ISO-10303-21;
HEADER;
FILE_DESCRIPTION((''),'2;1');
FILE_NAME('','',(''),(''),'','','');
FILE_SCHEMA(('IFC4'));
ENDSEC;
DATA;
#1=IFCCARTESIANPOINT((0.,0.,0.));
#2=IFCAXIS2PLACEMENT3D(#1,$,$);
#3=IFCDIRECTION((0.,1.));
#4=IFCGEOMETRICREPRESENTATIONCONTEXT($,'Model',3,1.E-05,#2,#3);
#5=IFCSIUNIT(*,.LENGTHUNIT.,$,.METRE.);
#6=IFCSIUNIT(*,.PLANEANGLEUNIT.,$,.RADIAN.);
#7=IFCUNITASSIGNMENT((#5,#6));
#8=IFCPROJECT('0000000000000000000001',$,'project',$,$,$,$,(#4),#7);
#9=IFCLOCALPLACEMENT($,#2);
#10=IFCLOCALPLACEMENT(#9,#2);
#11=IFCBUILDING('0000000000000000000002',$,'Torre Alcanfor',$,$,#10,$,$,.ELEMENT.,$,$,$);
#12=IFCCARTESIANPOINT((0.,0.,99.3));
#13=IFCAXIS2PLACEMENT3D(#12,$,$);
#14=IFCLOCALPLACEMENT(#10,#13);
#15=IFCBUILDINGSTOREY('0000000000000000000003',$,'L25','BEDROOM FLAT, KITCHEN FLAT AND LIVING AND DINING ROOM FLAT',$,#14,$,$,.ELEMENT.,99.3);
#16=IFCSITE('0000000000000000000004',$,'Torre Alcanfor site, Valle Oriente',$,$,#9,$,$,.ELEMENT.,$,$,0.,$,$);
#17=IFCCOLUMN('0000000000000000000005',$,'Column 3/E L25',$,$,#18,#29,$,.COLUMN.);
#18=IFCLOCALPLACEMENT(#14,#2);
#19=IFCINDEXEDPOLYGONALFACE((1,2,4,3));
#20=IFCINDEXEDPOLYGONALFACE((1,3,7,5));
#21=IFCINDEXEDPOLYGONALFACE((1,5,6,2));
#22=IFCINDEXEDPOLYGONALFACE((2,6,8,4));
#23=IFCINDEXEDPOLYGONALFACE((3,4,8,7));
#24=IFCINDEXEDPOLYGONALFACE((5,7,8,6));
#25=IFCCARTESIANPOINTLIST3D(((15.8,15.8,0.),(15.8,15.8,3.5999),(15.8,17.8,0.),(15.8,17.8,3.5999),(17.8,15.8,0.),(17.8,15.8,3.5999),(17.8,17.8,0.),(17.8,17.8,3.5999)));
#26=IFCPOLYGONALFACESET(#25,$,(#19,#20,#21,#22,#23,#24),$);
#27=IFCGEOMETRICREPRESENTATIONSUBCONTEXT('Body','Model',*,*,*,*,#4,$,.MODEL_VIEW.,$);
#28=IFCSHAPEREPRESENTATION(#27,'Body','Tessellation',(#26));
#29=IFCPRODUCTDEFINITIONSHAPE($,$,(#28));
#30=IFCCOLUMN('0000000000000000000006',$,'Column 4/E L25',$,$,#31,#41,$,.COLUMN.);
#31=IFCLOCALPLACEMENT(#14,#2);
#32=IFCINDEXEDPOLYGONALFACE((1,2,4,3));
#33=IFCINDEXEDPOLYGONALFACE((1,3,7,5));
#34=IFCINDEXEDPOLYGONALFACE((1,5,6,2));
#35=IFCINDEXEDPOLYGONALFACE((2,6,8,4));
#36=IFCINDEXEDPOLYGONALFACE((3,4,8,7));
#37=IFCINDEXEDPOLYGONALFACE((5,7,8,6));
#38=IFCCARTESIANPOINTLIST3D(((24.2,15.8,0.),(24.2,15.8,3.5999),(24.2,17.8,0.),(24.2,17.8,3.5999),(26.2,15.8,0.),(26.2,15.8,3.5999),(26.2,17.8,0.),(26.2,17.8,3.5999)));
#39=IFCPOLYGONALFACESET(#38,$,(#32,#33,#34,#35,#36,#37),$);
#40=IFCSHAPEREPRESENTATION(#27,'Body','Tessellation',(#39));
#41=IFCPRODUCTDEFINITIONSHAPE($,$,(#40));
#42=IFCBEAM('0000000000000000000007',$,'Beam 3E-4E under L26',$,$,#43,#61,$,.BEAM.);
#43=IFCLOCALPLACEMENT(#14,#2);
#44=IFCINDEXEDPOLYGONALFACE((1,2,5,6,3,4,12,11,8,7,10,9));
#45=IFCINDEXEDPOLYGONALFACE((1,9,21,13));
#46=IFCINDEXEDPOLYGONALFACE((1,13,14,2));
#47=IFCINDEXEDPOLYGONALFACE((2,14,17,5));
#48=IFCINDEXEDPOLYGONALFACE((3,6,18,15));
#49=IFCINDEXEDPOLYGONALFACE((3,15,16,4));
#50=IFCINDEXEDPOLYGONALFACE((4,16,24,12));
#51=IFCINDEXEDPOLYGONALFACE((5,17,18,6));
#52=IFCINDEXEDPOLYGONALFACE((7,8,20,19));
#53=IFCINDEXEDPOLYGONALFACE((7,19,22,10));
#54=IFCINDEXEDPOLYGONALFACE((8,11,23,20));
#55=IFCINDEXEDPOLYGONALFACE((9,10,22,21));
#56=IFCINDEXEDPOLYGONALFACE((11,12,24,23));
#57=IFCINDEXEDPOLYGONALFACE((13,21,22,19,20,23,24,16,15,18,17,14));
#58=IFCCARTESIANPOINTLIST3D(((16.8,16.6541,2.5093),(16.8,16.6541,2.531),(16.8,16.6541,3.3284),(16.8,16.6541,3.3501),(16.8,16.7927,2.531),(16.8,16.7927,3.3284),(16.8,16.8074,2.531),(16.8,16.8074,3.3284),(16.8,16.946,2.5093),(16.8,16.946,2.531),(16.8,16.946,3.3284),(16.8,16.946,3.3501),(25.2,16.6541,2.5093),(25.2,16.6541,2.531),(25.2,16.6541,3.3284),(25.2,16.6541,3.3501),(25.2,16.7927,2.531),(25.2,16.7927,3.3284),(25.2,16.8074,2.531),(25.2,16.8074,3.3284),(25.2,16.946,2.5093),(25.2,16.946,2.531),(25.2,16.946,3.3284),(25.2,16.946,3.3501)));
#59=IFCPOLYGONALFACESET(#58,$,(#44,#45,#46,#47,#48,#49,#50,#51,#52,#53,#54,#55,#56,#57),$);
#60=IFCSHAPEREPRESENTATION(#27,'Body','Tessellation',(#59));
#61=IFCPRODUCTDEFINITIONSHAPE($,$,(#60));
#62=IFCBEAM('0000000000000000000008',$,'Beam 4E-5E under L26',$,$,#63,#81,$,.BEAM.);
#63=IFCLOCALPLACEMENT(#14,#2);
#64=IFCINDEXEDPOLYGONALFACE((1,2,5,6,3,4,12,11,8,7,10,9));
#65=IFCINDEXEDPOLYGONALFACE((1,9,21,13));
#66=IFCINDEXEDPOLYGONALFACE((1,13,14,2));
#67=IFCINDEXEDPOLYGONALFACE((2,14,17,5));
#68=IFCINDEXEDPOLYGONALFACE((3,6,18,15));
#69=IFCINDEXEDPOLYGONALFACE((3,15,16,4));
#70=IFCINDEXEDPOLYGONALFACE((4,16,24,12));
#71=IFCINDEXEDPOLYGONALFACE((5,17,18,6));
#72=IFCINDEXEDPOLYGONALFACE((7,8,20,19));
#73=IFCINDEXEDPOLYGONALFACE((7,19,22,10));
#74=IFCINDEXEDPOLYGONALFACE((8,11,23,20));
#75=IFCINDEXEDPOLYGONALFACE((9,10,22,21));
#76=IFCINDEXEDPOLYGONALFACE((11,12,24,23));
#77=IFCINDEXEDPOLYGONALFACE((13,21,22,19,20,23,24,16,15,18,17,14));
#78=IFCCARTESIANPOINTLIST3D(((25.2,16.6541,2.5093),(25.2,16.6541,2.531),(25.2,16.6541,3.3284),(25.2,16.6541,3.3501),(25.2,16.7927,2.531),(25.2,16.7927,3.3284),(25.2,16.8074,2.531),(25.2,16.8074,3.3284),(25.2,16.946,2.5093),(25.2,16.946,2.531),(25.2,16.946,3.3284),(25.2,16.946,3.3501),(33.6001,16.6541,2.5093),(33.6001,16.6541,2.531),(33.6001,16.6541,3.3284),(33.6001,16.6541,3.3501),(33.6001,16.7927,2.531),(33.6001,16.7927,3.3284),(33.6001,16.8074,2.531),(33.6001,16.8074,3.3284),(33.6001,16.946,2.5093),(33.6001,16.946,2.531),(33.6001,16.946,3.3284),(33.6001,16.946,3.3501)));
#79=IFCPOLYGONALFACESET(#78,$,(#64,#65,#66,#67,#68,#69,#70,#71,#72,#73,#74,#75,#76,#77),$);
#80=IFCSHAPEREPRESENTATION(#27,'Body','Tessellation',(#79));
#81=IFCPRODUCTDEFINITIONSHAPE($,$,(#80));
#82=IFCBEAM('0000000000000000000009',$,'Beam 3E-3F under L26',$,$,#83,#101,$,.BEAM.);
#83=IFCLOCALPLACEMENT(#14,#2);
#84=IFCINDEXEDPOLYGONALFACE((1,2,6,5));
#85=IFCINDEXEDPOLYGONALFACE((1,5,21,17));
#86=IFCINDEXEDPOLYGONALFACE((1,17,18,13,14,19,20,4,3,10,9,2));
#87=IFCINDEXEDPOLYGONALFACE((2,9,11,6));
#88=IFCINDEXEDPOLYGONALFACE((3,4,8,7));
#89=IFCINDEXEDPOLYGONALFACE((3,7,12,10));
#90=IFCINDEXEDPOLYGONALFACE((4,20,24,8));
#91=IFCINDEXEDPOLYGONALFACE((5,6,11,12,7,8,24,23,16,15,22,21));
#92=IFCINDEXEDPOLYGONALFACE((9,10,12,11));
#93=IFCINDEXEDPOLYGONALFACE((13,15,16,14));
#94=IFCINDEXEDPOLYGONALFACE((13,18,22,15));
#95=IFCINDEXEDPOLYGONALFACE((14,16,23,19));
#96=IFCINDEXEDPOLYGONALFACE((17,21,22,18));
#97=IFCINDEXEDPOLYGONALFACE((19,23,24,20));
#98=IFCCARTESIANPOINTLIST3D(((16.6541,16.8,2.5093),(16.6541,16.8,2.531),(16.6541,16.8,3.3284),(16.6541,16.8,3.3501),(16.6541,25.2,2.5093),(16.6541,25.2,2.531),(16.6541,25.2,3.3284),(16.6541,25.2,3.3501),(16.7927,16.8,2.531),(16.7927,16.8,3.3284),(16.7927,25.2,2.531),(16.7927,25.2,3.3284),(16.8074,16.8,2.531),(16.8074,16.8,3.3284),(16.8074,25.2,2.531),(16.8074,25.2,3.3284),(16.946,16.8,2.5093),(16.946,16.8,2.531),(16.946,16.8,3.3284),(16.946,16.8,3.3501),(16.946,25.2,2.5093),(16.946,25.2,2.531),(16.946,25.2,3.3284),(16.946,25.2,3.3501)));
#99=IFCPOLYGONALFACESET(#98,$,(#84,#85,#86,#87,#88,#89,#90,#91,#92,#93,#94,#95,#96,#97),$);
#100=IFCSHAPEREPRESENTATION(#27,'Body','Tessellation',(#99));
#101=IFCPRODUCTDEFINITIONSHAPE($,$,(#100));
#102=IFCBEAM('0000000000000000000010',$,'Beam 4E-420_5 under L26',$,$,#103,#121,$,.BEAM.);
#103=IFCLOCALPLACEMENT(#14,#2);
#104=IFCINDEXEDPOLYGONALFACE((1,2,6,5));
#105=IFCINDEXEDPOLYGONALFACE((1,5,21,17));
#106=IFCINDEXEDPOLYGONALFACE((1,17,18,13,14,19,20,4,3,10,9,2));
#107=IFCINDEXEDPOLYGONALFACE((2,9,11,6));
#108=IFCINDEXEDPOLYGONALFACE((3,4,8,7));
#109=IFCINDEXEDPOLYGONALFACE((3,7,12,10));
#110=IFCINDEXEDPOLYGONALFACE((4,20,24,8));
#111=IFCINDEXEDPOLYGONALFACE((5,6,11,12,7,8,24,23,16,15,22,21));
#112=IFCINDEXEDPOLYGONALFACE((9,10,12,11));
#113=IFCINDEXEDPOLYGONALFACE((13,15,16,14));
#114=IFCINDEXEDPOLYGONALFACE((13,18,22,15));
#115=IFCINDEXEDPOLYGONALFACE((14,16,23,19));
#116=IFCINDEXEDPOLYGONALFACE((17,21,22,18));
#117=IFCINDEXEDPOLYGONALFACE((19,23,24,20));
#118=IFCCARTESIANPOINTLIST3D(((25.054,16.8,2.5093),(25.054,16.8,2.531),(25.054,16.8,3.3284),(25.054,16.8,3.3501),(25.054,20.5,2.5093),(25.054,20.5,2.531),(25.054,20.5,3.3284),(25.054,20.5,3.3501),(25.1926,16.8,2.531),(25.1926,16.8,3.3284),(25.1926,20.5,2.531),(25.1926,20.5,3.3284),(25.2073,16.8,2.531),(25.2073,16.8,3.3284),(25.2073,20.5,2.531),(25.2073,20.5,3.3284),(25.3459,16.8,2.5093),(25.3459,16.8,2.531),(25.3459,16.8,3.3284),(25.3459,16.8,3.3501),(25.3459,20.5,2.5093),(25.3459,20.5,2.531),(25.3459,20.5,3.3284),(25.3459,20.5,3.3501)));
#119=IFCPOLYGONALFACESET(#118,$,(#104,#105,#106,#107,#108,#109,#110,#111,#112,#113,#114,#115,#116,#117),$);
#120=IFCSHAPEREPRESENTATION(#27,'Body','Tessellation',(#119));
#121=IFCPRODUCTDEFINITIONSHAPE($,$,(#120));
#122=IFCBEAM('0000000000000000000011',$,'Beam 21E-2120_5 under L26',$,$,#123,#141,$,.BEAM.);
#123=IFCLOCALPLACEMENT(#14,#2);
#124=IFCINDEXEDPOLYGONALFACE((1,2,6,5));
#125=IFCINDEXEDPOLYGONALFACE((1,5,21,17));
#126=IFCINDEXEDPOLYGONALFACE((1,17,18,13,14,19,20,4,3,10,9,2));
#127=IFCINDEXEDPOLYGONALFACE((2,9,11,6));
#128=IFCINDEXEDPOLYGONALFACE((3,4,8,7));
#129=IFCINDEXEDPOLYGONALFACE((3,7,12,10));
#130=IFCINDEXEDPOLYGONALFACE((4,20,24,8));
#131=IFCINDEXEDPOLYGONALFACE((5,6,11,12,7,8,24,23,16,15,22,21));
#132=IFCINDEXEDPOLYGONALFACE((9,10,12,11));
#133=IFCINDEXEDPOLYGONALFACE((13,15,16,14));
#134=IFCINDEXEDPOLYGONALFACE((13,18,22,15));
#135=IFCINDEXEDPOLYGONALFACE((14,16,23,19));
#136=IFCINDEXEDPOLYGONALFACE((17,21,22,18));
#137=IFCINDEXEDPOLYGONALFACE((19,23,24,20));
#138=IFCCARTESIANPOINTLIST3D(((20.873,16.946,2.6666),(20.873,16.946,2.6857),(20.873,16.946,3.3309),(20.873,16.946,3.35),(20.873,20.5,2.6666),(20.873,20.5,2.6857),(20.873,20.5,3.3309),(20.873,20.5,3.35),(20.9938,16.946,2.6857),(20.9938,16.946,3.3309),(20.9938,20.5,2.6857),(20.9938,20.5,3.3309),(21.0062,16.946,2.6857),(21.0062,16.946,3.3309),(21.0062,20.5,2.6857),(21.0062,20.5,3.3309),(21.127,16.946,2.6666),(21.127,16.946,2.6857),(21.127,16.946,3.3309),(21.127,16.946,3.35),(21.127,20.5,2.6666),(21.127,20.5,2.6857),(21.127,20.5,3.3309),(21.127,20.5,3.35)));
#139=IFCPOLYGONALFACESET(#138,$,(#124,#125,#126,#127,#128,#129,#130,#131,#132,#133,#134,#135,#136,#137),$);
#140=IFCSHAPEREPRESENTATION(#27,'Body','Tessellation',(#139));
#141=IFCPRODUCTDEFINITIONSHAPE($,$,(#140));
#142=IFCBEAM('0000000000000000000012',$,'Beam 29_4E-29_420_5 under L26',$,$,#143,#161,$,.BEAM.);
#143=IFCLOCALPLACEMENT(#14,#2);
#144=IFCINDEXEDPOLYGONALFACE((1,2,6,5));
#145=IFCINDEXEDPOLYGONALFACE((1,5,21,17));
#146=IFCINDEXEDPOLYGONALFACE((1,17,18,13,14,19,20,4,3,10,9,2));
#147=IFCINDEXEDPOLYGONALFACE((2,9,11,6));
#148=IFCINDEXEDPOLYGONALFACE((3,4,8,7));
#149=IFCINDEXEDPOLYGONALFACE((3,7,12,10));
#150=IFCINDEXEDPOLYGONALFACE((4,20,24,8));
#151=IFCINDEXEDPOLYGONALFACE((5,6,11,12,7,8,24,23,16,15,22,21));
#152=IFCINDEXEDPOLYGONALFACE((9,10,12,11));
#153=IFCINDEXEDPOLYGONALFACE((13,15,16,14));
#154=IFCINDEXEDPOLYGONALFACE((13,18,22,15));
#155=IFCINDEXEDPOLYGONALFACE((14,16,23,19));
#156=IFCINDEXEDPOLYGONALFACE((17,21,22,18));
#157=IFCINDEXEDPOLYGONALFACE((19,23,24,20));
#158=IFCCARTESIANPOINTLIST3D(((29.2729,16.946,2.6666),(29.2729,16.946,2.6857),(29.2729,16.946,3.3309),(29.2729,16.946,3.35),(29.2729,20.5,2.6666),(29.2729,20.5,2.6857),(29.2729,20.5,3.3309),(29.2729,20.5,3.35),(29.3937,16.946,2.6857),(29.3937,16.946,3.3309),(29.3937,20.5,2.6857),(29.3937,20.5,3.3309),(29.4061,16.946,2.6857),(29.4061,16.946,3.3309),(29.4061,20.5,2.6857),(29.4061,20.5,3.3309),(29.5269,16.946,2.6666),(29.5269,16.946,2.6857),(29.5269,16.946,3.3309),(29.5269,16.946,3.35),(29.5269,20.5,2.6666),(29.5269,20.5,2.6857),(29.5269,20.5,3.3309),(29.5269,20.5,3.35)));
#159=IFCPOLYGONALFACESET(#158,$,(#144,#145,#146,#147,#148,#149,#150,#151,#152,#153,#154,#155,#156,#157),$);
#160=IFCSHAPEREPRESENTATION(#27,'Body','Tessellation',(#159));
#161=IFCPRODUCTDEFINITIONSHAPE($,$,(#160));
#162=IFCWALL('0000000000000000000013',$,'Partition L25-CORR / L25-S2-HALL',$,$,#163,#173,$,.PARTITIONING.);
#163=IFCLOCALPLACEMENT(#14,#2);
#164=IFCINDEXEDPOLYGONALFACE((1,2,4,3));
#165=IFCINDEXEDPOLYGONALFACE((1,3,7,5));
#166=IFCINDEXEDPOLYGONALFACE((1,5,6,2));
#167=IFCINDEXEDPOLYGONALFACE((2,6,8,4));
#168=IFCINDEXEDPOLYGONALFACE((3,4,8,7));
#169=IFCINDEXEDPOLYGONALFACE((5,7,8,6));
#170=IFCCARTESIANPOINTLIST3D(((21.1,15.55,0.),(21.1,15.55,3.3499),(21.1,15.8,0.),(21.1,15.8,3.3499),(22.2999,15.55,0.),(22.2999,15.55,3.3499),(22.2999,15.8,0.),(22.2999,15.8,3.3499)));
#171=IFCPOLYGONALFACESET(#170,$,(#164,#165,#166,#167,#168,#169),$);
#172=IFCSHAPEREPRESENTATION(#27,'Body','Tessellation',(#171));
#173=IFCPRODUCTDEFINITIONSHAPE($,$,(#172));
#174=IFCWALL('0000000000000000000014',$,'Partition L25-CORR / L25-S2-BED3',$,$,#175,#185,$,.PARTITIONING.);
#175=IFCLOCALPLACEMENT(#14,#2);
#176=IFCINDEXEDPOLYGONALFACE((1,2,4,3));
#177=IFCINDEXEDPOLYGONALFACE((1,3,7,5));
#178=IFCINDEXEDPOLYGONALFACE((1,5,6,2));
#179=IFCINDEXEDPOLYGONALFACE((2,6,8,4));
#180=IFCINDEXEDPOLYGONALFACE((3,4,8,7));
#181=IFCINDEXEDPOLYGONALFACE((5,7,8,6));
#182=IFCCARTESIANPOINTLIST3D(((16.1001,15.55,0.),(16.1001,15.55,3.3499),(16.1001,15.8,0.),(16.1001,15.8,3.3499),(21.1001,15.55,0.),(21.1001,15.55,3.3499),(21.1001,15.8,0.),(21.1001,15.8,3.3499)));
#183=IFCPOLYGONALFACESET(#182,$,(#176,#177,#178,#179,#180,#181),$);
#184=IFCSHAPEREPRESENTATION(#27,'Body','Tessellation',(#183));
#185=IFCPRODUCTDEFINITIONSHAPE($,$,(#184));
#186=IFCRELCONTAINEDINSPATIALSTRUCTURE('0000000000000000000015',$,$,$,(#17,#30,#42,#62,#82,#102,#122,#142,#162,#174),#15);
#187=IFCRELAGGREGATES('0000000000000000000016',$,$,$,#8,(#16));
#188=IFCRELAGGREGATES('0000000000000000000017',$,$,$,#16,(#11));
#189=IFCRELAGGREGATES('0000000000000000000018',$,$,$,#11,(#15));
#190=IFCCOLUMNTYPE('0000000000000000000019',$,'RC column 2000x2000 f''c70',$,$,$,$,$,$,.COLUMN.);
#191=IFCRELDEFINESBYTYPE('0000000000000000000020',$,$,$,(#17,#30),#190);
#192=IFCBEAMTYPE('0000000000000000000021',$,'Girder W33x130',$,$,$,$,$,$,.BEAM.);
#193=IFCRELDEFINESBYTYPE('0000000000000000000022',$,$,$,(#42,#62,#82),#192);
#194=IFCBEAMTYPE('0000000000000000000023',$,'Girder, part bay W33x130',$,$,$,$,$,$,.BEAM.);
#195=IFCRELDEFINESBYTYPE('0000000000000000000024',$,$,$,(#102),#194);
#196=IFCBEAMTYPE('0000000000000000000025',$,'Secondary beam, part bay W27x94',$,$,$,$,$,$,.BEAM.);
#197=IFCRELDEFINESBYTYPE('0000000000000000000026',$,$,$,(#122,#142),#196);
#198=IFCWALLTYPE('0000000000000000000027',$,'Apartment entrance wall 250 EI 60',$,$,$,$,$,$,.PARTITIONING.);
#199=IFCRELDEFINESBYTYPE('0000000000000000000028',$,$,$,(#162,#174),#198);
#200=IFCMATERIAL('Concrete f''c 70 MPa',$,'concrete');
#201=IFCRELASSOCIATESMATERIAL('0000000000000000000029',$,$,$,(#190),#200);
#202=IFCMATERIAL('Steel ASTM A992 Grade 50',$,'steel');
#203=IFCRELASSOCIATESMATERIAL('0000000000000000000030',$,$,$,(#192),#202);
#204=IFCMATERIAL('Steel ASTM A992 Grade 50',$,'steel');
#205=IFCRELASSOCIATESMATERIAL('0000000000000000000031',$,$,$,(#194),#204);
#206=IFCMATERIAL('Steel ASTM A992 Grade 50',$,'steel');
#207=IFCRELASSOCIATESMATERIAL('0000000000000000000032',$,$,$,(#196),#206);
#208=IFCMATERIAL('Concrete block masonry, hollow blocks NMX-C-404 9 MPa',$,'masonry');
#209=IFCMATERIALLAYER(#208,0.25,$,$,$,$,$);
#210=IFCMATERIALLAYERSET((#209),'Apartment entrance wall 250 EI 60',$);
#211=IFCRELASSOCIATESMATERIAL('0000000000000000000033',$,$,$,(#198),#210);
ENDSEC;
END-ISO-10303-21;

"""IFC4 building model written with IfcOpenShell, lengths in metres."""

from ifc_helpers import new_model, si_unit, direction, frame, frame_2d, origin, origin_2d, place, context, subcontext, project, spatial, rectangle, i_section, extrude, material, layer, layer_set, material_profile, profile_set, type_object, element, save


model = new_model("IFC4")

# Units and contexts
model_context = context("Model", 3, precision=1e-05, world=origin(), true_north=direction((0.0, 1.0)))
body_context = subcontext(model_context, "Body", "Model", "MODEL_VIEW")
ifc_project = project(units=[si_unit("LENGTHUNIT", "METRE"), si_unit("PLANEANGLEUNIT", "RADIAN")], contexts=[model_context])

# Site, building, storey
site_placement = place(None, origin())
site = spatial("IfcSite", under=ifc_project, at=site_placement, Name="Torre Alcanfor site, Valle Oriente", CompositionType="ELEMENT", RefElevation=0.0)
building_placement = place(site_placement, origin())
building = spatial("IfcBuilding", under=site, at=building_placement, Name="Torre Alcanfor", CompositionType="ELEMENT")
storey_placement = place(building_placement, frame((0.0, 0.0, 99.3)))
storey = spatial("IfcBuildingStorey", under=building, at=storey_placement, Name="L25", Description="BEDROOM FLAT, KITCHEN FLAT AND LIVING AND DINING ROOM FLAT", CompositionType="ELEMENT", Elevation=99.3)

# Columns
ifc_material_1 = material(Name="Concrete f'c 70 MPa", Category="concrete")
ifc_material_profile_1 = material_profile(ifc_material_1, rectangle(XDim=2.0, YDim=2.0, at=origin_2d()), Name="2000x2000")
ifc_profile_set_1 = profile_set([ifc_material_profile_1], Name="Concrete f'c 70 MPa")
column_type = type_object("IfcColumnType", Name="RC column 2000x2000 f'c70", PredefinedType="COLUMN", material=ifc_profile_set_1)
for number, where, z_axis, x_axis, name in (
    (1, (16.8, 16.8, 0.0), (0.0, 0.0, 1.0), (1.0, 0.0, 0.0), "Column 3/E L25"),
    (2, (25.2, 16.8, 0.0), (0.0, 0.0, 1.0), (1.0, 0.0, 0.0), "Column 4/E L25"),
):
    element("IfcColumn", number, at=place(storey_placement, frame(where, z_axis=z_axis, x_axis=x_axis)), inside=storey, type_object=column_type, Name=name, PredefinedType="COLUMN", context=body_context, shape_type="SweptSolid", body=[
        extrude(rectangle(XDim=2.0, YDim=2.0, at=origin_2d()), origin(), (0.0, 0.0, 1.0), 3.5999),
    ])

# Beams
ifc_material_2 = material(Name="Steel ASTM A992 Grade 50", Category="steel")
ifc_material_profile_2 = material_profile(ifc_material_2, i_section(OverallWidth=0.292, OverallDepth=0.8408, WebThickness=0.0146, FlangeThickness=0.0217, at=origin_2d()), Name="W33x130")
ifc_profile_set_2 = profile_set([ifc_material_profile_2], Name="Steel ASTM A992 Grade 50")
beam_type_1 = type_object("IfcBeamType", Name="Girder W33x130", PredefinedType="BEAM", material=ifc_profile_set_2)
beam_1_placement = place(storey_placement, frame((16.8, 16.8, 2.9297), z_axis=(1.0, 0.0, 0.0), x_axis=(0.0, 1.0, 0.0)))
element("IfcBeam", 3, at=beam_1_placement, inside=storey, type_object=beam_type_1, Name="Beam 3E-4E under L26", PredefinedType="BEAM", context=body_context, shape_type="SweptSolid", body=[
    extrude(i_section(OverallWidth=0.292, OverallDepth=0.8408, WebThickness=0.0146, FlangeThickness=0.0217, at=origin_2d()), origin(), (0.0, 0.0, 1.0), 8.3999),
])
beam_2_placement = place(storey_placement, frame((25.2, 16.8, 2.9297), z_axis=(1.0, 0.0, 0.0), x_axis=(0.0, 1.0, 0.0)))
element("IfcBeam", 4, at=beam_2_placement, inside=storey, type_object=beam_type_1, Name="Beam 4E-5E under L26", PredefinedType="BEAM", context=body_context, shape_type="SweptSolid", body=[
    extrude(i_section(OverallWidth=0.292, OverallDepth=0.8408, WebThickness=0.0146, FlangeThickness=0.0217, at=origin_2d()), origin(), (0.0, 0.0, 1.0), 8.4001),
])
beam_3_placement = place(storey_placement, frame((16.8, 16.8, 2.9297), z_axis=(0.0, 1.0, 0.0), x_axis=(-1.0, 0.0, 0.0)))
element("IfcBeam", 5, at=beam_3_placement, inside=storey, type_object=beam_type_1, Name="Beam 3E-3F under L26", PredefinedType="BEAM", context=body_context, shape_type="SweptSolid", body=[
    extrude(i_section(OverallWidth=0.292, OverallDepth=0.8408, WebThickness=0.0146, FlangeThickness=0.0217, at=origin_2d()), origin(), (0.0, 0.0, 1.0), 8.3999),
])
ifc_material_3 = material(Name="Steel ASTM A992 Grade 50", Category="steel")
ifc_material_profile_3 = material_profile(ifc_material_3, i_section(OverallWidth=0.292, OverallDepth=0.8408, WebThickness=0.0146, FlangeThickness=0.0217, at=origin_2d()), Name="W33x130")
ifc_profile_set_3 = profile_set([ifc_material_profile_3], Name="Steel ASTM A992 Grade 50")
beam_type_2 = type_object("IfcBeamType", Name="Girder, part bay W33x130", PredefinedType="BEAM", material=ifc_profile_set_3)
beam_4_placement = place(storey_placement, frame((25.2, 16.8, 2.9297), z_axis=(0.0, 1.0, 0.0), x_axis=(-1.0, 0.0, 0.0)))
element("IfcBeam", 6, at=beam_4_placement, inside=storey, type_object=beam_type_2, Name="Beam 4E-420_5 under L26", PredefinedType="BEAM", context=body_context, shape_type="SweptSolid", body=[
    extrude(i_section(OverallWidth=0.292, OverallDepth=0.8408, WebThickness=0.0146, FlangeThickness=0.0217, at=origin_2d()), origin(), (0.0, 0.0, 1.0), 3.7),
])
ifc_material_4 = material(Name="Steel ASTM A992 Grade 50", Category="steel")
ifc_material_profile_4 = material_profile(ifc_material_4, i_section(OverallWidth=0.2539, OverallDepth=0.6833, WebThickness=0.0125, FlangeThickness=0.019, at=origin_2d()), Name="W27x94")
ifc_profile_set_4 = profile_set([ifc_material_profile_4], Name="Steel ASTM A992 Grade 50")
beam_type_3 = type_object("IfcBeamType", Name="Secondary beam, part bay W27x94", PredefinedType="BEAM", material=ifc_profile_set_4)
for number, where, z_axis, x_axis, name in (
    (7, (21.0, 16.946, 3.0083), (0.0, 1.0, 0.0), (-1.0, 0.0, 0.0), "Beam 21E-2120_5 under L26"),
    (8, (29.3999, 16.946, 3.0083), (0.0, 1.0, 0.0), (-1.0, 0.0, 0.0), "Beam 29_4E-29_420_5 under L26"),
):
    element("IfcBeam", number, at=place(storey_placement, frame(where, z_axis=z_axis, x_axis=x_axis)), inside=storey, type_object=beam_type_3, Name=name, PredefinedType="BEAM", context=body_context, shape_type="SweptSolid", body=[
        extrude(i_section(OverallWidth=0.2539, OverallDepth=0.6833, WebThickness=0.0125, FlangeThickness=0.019, at=origin_2d()), origin(), (0.0, 0.0, 1.0), 3.554),
    ])

# Walls
ifc_material_5 = material(Name="Concrete block masonry, hollow blocks NMX-C-404 9 MPa", Category="masonry")
ifc_layer_1 = layer(ifc_material_5, 0.25)
ifc_layer_set_1 = layer_set([ifc_layer_1], Name="Apartment entrance wall 250 EI 60")
wall_type_1 = type_object("IfcWallType", Name="Apartment entrance wall 250 EI 60", PredefinedType="PARTITIONING", material=ifc_layer_set_1)
wall_1_placement = place(storey_placement, frame((22.3, 15.675, 0.0), z_axis=(0.0, 0.0, 1.0), x_axis=(-1.0, 0.0, 0.0)))
element("IfcWall", 9, at=wall_1_placement, inside=storey, type_object=wall_type_1, Name="Partition L25-CORR / L25-S2-HALL", PredefinedType="PARTITIONING", context=body_context, shape_type="SweptSolid", body=[
    extrude(rectangle(XDim=1.2, YDim=0.25, at=frame_2d((0.6001, 0.0))), origin(), (0.0, 0.0, 1.0), 3.3499),
])
wall_2_placement = place(storey_placement, frame((21.1001, 15.675, 0.0), z_axis=(0.0, 0.0, 1.0), x_axis=(-1.0, 0.0, 0.0)))
element("IfcWall", 10, at=wall_2_placement, inside=storey, type_object=wall_type_1, Name="Partition L25-CORR / L25-S2-BED3", PredefinedType="PARTITIONING", context=body_context, shape_type="SweptSolid", body=[
    extrude(rectangle(XDim=5.0, YDim=0.25, at=frame_2d((2.5, 0.0))), origin(), (0.0, 0.0, 1.0), 3.3499),
])

save(model, "model.ifc")
